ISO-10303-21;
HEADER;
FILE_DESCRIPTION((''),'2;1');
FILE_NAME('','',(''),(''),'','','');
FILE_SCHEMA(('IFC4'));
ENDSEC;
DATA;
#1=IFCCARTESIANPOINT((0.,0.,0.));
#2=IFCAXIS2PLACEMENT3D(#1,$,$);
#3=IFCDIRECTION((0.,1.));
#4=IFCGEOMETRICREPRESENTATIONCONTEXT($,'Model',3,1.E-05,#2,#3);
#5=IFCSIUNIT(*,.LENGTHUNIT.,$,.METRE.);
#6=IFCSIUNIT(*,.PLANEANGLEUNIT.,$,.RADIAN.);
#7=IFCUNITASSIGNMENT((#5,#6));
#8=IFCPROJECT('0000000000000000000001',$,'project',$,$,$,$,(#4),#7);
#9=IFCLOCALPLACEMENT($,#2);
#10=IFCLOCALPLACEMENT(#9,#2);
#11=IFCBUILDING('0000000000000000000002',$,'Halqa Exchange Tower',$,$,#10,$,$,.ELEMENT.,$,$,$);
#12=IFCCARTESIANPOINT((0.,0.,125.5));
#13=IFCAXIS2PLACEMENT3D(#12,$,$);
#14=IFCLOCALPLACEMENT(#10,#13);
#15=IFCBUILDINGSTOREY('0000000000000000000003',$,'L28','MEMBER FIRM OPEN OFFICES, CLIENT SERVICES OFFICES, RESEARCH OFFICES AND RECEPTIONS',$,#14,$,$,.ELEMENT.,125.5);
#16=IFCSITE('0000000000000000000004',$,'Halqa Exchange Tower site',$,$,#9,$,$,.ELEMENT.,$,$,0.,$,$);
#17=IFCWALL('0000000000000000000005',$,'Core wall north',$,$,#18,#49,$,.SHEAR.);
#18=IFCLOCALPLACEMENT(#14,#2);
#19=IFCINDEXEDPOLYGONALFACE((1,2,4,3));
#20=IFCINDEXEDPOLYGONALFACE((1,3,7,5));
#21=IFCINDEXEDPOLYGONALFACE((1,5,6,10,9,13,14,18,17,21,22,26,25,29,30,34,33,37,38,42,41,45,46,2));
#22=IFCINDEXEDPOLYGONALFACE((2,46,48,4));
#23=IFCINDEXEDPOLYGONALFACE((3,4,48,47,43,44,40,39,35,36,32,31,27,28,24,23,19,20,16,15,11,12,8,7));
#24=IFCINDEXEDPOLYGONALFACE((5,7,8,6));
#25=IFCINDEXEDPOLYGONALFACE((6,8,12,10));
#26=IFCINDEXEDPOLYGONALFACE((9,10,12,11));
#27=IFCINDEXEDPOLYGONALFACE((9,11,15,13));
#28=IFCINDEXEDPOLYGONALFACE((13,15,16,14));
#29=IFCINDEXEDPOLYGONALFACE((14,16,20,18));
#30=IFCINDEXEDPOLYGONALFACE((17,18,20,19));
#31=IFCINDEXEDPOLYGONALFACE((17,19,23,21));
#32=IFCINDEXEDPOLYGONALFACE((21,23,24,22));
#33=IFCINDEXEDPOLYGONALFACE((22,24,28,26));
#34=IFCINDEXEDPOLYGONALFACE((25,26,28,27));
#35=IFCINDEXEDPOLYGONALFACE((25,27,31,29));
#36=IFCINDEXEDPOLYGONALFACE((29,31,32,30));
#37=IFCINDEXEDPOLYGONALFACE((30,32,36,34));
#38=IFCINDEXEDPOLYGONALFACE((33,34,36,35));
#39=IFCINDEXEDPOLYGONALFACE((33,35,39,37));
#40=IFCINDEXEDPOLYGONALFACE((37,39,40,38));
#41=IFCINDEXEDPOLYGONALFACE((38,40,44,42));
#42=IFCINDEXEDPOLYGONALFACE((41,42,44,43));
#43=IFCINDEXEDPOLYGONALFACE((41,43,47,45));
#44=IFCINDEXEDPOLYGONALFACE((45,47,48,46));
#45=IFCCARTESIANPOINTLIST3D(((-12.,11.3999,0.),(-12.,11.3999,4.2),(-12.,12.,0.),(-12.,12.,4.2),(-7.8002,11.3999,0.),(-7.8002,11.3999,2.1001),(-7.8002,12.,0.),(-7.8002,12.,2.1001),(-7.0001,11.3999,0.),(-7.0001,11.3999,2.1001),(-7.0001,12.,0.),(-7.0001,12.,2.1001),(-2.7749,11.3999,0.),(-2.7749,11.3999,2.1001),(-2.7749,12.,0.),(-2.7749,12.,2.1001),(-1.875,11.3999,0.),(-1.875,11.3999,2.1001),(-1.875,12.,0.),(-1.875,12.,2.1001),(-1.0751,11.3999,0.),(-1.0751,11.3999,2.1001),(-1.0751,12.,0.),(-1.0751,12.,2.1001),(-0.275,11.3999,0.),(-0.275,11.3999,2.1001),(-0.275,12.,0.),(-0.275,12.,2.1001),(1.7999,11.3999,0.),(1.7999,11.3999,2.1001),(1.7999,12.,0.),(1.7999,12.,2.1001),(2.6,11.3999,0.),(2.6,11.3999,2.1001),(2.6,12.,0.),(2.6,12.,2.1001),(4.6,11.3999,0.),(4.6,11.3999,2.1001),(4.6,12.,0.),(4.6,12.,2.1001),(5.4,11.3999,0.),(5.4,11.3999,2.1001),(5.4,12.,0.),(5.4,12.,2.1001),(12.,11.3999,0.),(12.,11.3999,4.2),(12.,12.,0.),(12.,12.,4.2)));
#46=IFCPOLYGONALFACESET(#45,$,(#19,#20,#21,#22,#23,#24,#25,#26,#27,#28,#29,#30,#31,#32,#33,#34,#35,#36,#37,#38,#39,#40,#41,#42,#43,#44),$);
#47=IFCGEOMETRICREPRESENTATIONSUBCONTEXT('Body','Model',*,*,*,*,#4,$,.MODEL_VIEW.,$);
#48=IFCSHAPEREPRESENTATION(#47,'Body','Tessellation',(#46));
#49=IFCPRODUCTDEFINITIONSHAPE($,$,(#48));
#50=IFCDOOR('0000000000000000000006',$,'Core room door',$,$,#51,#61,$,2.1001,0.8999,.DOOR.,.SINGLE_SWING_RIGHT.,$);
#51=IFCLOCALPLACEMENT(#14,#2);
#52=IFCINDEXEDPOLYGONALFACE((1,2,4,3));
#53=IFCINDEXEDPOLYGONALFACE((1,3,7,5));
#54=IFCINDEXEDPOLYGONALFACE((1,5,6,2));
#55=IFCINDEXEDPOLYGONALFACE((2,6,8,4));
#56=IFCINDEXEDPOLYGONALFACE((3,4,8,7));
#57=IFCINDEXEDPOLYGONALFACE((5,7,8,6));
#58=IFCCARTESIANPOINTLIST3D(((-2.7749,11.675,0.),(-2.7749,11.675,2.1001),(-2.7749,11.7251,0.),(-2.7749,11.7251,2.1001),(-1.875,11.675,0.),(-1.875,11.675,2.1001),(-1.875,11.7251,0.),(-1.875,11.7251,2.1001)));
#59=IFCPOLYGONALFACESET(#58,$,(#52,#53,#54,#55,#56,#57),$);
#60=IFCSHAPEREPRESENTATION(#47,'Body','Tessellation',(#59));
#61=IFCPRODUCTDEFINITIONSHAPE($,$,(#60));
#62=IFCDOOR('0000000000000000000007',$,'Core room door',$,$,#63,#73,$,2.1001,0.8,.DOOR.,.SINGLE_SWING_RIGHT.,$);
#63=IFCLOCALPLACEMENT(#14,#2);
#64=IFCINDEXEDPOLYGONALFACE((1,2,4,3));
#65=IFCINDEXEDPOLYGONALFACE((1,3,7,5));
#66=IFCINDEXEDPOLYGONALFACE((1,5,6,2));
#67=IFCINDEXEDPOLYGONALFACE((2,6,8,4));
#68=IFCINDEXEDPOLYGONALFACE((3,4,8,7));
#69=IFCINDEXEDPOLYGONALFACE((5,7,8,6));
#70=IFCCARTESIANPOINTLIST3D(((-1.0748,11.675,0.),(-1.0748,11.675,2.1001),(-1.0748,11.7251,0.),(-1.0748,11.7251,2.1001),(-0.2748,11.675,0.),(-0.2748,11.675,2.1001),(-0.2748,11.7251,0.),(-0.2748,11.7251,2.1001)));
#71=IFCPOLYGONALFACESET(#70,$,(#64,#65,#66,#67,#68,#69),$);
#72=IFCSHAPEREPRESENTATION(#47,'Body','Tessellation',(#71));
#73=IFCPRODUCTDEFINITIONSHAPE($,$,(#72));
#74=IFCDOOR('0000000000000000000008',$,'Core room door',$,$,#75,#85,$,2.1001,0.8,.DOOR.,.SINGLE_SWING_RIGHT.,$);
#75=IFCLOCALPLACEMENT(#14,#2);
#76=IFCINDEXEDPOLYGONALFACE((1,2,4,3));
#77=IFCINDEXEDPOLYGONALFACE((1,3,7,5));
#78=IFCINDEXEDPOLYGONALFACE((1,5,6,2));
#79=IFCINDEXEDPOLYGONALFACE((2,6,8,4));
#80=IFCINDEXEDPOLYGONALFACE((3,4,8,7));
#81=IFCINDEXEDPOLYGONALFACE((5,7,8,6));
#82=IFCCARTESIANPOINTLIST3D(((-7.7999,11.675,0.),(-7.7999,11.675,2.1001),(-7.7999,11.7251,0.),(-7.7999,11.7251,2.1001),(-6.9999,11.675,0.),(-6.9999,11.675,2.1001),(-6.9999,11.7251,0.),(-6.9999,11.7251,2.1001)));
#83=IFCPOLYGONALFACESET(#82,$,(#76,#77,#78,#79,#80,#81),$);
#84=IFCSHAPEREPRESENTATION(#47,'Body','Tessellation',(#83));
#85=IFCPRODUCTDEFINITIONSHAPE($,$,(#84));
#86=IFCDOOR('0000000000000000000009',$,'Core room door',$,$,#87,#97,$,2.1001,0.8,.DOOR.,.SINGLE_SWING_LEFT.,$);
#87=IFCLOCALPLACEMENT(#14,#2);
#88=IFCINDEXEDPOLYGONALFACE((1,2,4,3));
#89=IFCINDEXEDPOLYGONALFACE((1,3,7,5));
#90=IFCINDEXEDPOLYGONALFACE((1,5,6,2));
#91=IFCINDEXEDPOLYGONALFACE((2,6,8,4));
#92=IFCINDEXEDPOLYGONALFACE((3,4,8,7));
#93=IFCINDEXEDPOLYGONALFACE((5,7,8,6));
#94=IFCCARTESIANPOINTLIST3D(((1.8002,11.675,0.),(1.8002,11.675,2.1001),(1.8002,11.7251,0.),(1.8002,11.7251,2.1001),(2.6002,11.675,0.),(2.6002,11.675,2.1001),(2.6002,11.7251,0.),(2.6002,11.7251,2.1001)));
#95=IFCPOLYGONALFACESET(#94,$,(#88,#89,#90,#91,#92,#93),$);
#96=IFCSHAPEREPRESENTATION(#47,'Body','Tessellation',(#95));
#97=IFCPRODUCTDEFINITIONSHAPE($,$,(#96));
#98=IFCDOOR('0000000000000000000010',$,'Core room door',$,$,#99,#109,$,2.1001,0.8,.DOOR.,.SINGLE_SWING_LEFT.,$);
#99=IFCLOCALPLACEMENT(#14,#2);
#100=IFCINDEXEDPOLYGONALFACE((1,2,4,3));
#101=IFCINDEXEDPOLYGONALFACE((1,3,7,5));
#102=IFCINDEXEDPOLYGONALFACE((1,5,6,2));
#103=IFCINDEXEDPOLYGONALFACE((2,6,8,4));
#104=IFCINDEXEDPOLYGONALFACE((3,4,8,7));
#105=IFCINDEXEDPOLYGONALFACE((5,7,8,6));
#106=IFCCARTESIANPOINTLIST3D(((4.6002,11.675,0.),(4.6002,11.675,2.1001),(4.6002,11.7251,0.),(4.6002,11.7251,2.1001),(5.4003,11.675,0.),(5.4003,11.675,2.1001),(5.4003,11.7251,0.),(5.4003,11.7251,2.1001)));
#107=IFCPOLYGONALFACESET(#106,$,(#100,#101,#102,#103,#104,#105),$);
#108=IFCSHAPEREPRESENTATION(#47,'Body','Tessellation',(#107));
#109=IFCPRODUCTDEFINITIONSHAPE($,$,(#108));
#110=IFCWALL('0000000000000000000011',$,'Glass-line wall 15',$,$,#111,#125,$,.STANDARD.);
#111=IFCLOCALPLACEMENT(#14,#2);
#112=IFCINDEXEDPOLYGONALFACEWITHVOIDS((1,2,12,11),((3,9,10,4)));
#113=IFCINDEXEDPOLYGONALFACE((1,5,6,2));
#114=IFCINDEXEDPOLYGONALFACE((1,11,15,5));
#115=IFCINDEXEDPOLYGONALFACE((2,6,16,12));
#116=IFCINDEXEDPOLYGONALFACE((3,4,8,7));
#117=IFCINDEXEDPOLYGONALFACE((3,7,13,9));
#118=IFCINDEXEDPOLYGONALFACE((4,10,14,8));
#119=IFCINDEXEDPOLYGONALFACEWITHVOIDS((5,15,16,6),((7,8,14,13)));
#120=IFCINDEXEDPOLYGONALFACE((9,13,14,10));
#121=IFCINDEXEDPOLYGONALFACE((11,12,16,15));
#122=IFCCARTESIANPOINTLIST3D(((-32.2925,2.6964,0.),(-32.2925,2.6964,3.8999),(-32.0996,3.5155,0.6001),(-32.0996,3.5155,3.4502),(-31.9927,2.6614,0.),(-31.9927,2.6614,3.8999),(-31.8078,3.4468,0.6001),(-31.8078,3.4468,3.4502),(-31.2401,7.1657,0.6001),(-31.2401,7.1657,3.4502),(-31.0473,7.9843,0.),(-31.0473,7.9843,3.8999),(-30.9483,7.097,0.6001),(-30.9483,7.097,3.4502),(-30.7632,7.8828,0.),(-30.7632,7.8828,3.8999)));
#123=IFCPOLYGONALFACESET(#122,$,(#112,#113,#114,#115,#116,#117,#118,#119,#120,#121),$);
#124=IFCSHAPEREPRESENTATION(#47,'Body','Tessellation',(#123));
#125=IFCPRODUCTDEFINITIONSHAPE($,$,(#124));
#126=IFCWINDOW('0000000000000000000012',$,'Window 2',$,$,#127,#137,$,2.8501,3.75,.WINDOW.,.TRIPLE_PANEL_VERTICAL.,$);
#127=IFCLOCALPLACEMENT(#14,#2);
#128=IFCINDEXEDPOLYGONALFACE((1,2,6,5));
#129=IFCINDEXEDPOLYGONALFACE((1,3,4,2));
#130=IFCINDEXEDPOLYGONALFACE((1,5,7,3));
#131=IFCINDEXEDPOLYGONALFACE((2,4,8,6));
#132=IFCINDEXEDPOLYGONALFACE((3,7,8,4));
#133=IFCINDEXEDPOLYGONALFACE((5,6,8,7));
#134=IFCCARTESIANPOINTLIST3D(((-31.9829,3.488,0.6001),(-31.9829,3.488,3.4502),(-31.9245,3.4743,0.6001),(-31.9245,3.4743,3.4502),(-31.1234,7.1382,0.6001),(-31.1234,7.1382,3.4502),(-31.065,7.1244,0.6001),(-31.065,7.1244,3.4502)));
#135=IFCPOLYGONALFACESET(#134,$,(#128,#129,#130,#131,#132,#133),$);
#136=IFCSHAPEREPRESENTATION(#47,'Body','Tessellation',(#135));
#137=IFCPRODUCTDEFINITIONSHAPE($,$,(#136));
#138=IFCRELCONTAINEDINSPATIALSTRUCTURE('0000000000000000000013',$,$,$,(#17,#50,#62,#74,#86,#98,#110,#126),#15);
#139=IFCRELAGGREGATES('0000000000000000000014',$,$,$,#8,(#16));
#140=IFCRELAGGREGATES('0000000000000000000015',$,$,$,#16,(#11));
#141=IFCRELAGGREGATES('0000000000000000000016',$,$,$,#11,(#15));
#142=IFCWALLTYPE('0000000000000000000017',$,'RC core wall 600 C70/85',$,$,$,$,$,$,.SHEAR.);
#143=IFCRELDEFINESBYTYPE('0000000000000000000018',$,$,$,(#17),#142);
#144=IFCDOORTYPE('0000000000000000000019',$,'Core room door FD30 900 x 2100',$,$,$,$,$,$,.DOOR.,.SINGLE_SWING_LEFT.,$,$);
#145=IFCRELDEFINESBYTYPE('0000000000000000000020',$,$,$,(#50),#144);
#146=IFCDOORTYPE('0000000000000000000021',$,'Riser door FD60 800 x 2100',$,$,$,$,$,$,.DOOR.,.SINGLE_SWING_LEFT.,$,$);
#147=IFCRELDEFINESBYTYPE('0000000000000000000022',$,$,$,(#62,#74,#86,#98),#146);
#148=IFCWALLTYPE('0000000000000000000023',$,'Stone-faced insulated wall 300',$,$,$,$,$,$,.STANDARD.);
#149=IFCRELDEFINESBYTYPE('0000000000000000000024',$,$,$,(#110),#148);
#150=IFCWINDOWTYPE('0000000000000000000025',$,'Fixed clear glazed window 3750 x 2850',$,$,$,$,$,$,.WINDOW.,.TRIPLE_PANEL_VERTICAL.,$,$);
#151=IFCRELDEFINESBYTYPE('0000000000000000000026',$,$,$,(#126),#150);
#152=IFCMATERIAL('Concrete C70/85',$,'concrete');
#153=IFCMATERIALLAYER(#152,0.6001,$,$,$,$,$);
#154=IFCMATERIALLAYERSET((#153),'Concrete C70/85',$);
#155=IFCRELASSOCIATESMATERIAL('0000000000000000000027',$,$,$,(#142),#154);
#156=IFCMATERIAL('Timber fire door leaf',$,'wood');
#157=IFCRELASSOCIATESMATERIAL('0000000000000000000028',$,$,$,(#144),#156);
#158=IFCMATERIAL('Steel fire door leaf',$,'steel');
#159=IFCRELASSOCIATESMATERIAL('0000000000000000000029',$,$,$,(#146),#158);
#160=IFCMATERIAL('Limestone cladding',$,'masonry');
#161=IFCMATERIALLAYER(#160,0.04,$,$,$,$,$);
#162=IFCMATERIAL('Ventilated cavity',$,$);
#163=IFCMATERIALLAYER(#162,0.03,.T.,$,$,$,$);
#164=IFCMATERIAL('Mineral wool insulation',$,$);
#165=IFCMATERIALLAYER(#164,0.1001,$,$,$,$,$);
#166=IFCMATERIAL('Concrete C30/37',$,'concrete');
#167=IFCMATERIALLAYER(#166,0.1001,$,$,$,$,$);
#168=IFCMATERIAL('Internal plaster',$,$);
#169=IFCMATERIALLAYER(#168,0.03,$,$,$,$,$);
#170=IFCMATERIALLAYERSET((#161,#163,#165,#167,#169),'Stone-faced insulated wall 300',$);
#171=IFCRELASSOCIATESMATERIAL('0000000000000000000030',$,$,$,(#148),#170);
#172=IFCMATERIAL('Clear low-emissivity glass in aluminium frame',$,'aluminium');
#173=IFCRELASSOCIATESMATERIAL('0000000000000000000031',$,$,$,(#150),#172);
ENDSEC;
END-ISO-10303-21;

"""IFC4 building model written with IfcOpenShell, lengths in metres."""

from ifc_helpers import new_model, si_unit, direction, frame, frame_2d, origin, place, context, subcontext, project, spatial, polyline, rectangle, outline, extrude, material, layer, layer_set, type_object, element, fill, save


model = new_model("IFC4")

# Units and contexts
model_context = context("Model", 3, precision=1e-05, world=origin(), true_north=direction((0.0, 1.0)))
body_context = subcontext(model_context, "Body", "Model", "MODEL_VIEW")
ifc_project = project(units=[si_unit("LENGTHUNIT", "METRE"), si_unit("PLANEANGLEUNIT", "RADIAN")], contexts=[model_context])

# Site, building, storey
site_placement = place(None, origin())
site = spatial("IfcSite", under=ifc_project, at=site_placement, Name="Halqa Exchange Tower site", CompositionType="ELEMENT", RefElevation=0.0)
building_placement = place(site_placement, origin())
building = spatial("IfcBuilding", under=site, at=building_placement, Name="Halqa Exchange Tower", CompositionType="ELEMENT")
storey_placement = place(building_placement, frame((0.0, 0.0, 125.5)))
storey = spatial("IfcBuildingStorey", under=building, at=storey_placement, Name="L28", Description="MEMBER FIRM OPEN OFFICES, CLIENT SERVICES OFFICES, RESEARCH OFFICES AND RECEPTIONS", CompositionType="ELEMENT", Elevation=125.5)

# Shared definitions
ifc_material_1 = material(Name="Concrete C70/85", Category="concrete")

# Wall, openings, doors
ifc_layer_1 = layer(ifc_material_1, 0.6001)
ifc_layer_set_1 = layer_set([ifc_layer_1], Name="Concrete C70/85")
wall_type_1 = type_object("IfcWallType", Name="RC core wall 600 C70/85", PredefinedType="SHEAR", material=ifc_layer_set_1)
wall_1_placement = place(storey_placement, frame((-12.0, 11.7, 0.0), z_axis=(0.0, 0.0, 1.0), x_axis=(1.0, 0.0, 0.0)))
wall_1 = element("IfcWall", 1, at=wall_1_placement, inside=storey, type_object=wall_type_1, Name="Core wall north", PredefinedType="SHEAR", context=body_context, shape_type="SweptSolid", body=[
    extrude(rectangle(XDim=24.0, YDim=0.6001, at=frame_2d((12.0, 0.0))), origin(), (0.0, 0.0, 1.0), 4.2),
])
opening_1_placement = place(wall_1_placement, frame((9.2251, 0.0, 0.0)))
opening_1 = element("IfcOpeningElement", 2, at=opening_1_placement, cuts=wall_1, PredefinedType="OPENING", context=body_context, shape_type="SweptSolid", body=[
    extrude(rectangle(XDim=0.8999, YDim=2.1001, at=frame_2d((0.45, 1.05))), frame((0.0, 0.312, 0.0), z_axis=(0.0, -1.0, 0.0), x_axis=(1.0, 0.0, 0.0)), (0.0, 0.0, 1.0), 0.624),
])
opening_2_placement = place(wall_1_placement, frame((10.925, 0.0, 0.0)))
opening_2 = element("IfcOpeningElement", 3, at=opening_2_placement, cuts=wall_1, PredefinedType="OPENING", context=body_context, shape_type="SweptSolid", body=[
    extrude(rectangle(XDim=0.8, YDim=2.1001, at=frame_2d((0.3999, 1.05))), frame((0.0, 0.312, 0.0), z_axis=(0.0, -1.0, 0.0), x_axis=(1.0, 0.0, 0.0)), (0.0, 0.0, 1.0), 0.624),
])
opening_3_placement = place(wall_1_placement, frame((4.2, 0.0, 0.0)))
opening_3 = element("IfcOpeningElement", 4, at=opening_3_placement, cuts=wall_1, PredefinedType="OPENING", context=body_context, shape_type="SweptSolid", body=[
    extrude(rectangle(XDim=0.8, YDim=2.1001, at=frame_2d((0.3999, 1.05))), frame((0.0, 0.312, 0.0), z_axis=(0.0, -1.0, 0.0), x_axis=(1.0, 0.0, 0.0)), (0.0, 0.0, 1.0), 0.624),
])
opening_4_placement = place(wall_1_placement, frame((13.8, 0.0, 0.0)))
opening_4 = element("IfcOpeningElement", 5, at=opening_4_placement, cuts=wall_1, PredefinedType="OPENING", context=body_context, shape_type="SweptSolid", body=[
    extrude(rectangle(XDim=0.8, YDim=2.1001, at=frame_2d((0.3999, 1.05))), frame((0.0, 0.312, 0.0), z_axis=(0.0, -1.0, 0.0), x_axis=(1.0, 0.0, 0.0)), (0.0, 0.0, 1.0), 0.624),
])
opening_5_placement = place(wall_1_placement, frame((16.6001, 0.0, 0.0)))
opening_5 = element("IfcOpeningElement", 6, at=opening_5_placement, cuts=wall_1, PredefinedType="OPENING", context=body_context, shape_type="SweptSolid", body=[
    extrude(rectangle(XDim=0.8, YDim=2.1001, at=frame_2d((0.3999, 1.05))), frame((0.0, 0.312, 0.0), z_axis=(0.0, -1.0, 0.0), x_axis=(1.0, 0.0, 0.0)), (0.0, 0.0, 1.0), 0.624),
])
ifc_material_2 = material(Name="Timber fire door leaf", Category="wood")
door_type_1 = type_object("IfcDoorType", Name="Core room door FD30 900 x 2100", OperationType="SINGLE_SWING_LEFT", PredefinedType="DOOR", material=ifc_material_2)
door_1_placement = place(opening_1_placement, frame((0.8999, 0.0, 0.0), z_axis=(0.0, 0.0, 1.0), x_axis=(-1.0, 0.0, 0.0)))
door_1 = element("IfcDoor", 7, at=door_1_placement, inside=storey, type_object=door_type_1, Name="Core room door", OperationType="SINGLE_SWING_RIGHT", OverallHeight=2.1001, OverallWidth=0.8999, PredefinedType="DOOR", context=body_context, shape_type="SweptSolid", body=[
    extrude(rectangle(XDim=0.8999, YDim=2.1001, at=frame_2d((0.45, 1.05))), frame((0.0, 0.0249, 0.0), z_axis=(0.0, -1.0, 0.0), x_axis=(1.0, 0.0, 0.0)), (0.0, 0.0, 1.0), 0.05),
])
fill(opening_1, door_1)
ifc_material_3 = material(Name="Steel fire door leaf", Category="steel")
door_type_2 = type_object("IfcDoorType", Name="Riser door FD60 800 x 2100", OperationType="SINGLE_SWING_LEFT", PredefinedType="DOOR", material=ifc_material_3)
door_2_placement = place(opening_2_placement, frame((0.8, 0.0, 0.0), z_axis=(0.0, 0.0, 1.0), x_axis=(-1.0, 0.0, 0.0)))
door_2 = element("IfcDoor", 8, at=door_2_placement, inside=storey, type_object=door_type_2, Name="Core room door", OperationType="SINGLE_SWING_RIGHT", OverallHeight=2.1001, OverallWidth=0.8, PredefinedType="DOOR", context=body_context, shape_type="SweptSolid", body=[
    extrude(rectangle(XDim=0.8, YDim=2.1001, at=frame_2d((0.3999, 1.05))), frame((0.0, 0.0249, 0.0), z_axis=(0.0, -1.0, 0.0), x_axis=(1.0, 0.0, 0.0)), (0.0, 0.0, 1.0), 0.05),
])
fill(opening_2, door_2)
door_3_placement = place(opening_3_placement, frame((0.8, 0.0, 0.0), z_axis=(0.0, 0.0, 1.0), x_axis=(-1.0, 0.0, 0.0)))
door_3 = element("IfcDoor", 9, at=door_3_placement, inside=storey, type_object=door_type_2, Name="Core room door", OperationType="SINGLE_SWING_RIGHT", OverallHeight=2.1001, OverallWidth=0.8, PredefinedType="DOOR", context=body_context, shape_type="SweptSolid", body=[
    extrude(rectangle(XDim=0.8, YDim=2.1001, at=frame_2d((0.3999, 1.05))), frame((0.0, 0.0249, 0.0), z_axis=(0.0, -1.0, 0.0), x_axis=(1.0, 0.0, 0.0)), (0.0, 0.0, 1.0), 0.05),
])
fill(opening_3, door_3)
door_4_placement = place(opening_4_placement, frame((0.8, 0.0, 0.0), z_axis=(0.0, 0.0, 1.0), x_axis=(-1.0, 0.0, 0.0)))
door_4 = element("IfcDoor", 10, at=door_4_placement, inside=storey, type_object=door_type_2, Name="Core room door", OperationType="SINGLE_SWING_LEFT", OverallHeight=2.1001, OverallWidth=0.8, PredefinedType="DOOR", context=body_context, shape_type="SweptSolid", body=[
    extrude(rectangle(XDim=0.8, YDim=2.1001, at=frame_2d((0.3999, 1.05))), frame((0.0, 0.0249, 0.0), z_axis=(0.0, -1.0, 0.0), x_axis=(1.0, 0.0, 0.0)), (0.0, 0.0, 1.0), 0.05),
])
fill(opening_4, door_4)
door_5_placement = place(opening_5_placement, frame((0.8, 0.0, 0.0), z_axis=(0.0, 0.0, 1.0), x_axis=(-1.0, 0.0, 0.0)))
door_5 = element("IfcDoor", 11, at=door_5_placement, inside=storey, type_object=door_type_2, Name="Core room door", OperationType="SINGLE_SWING_LEFT", OverallHeight=2.1001, OverallWidth=0.8, PredefinedType="DOOR", context=body_context, shape_type="SweptSolid", body=[
    extrude(rectangle(XDim=0.8, YDim=2.1001, at=frame_2d((0.3999, 1.05))), frame((0.0, 0.0249, 0.0), z_axis=(0.0, -1.0, 0.0), x_axis=(1.0, 0.0, 0.0)), (0.0, 0.0, 1.0), 0.05),
])
fill(opening_5, door_5)

# Wall, opening, window
ifc_material_4 = material(Name="Limestone cladding", Category="masonry")
ifc_layer_2 = layer(ifc_material_4, 0.04)
ifc_material_5 = material(Name="Ventilated cavity")
ifc_layer_3 = layer(ifc_material_5, 0.03, ventilated=True)
ifc_material_6 = material(Name="Mineral wool insulation")
ifc_layer_4 = layer(ifc_material_6, 0.1001)
ifc_material_7 = material(Name="Concrete C30/37", Category="concrete")
ifc_layer_5 = layer(ifc_material_7, 0.1001)
ifc_material_8 = material(Name="Internal plaster")
ifc_layer_6 = layer(ifc_material_8, 0.03)
ifc_layer_set_2 = layer_set([ifc_layer_2, ifc_layer_3, ifc_layer_4, ifc_layer_5, ifc_layer_6], Name="Stone-faced insulated wall 300")
wall_type_2 = type_object("IfcWallType", Name="Stone-faced insulated wall 300", PredefinedType="STANDARD", material=ifc_layer_set_2)
wall_2_placement = place(storey_placement, frame((-30.9053, 7.9336, 0.0), z_axis=(0.0, 0.0, 1.0), x_axis=(-0.229201, -0.973379, 0.0)))
wall_2 = element("IfcWall", 12, at=wall_2_placement, inside=storey, type_object=wall_type_2, Name="Glass-line wall 15", PredefinedType="STANDARD", context=body_context, shape_type="SweptSolid", body=[
    extrude(outline(polyline([(-0.0168, -0.1499), (5.4158, -0.1499), (5.3811, 0.1499), (0.0168, 0.1499), (-0.0168, -0.1499)])), origin(), (0.0, 0.0, 1.0), 3.8999),
])
opening_6_placement = place(wall_2_placement, frame((0.8242, 0.0, 0.6001)))
opening_6 = element("IfcOpeningElement", 13, at=opening_6_placement, cuts=wall_2, PredefinedType="OPENING", context=body_context, shape_type="SweptSolid", body=[
    extrude(rectangle(XDim=3.75, YDim=2.8501, at=frame_2d((1.875, 1.425))), frame((0.0, 0.1621, 0.0), z_axis=(0.0, -1.0, 0.0), x_axis=(1.0, 0.0, 0.0)), (0.0, 0.0, 1.0), 0.324),
])
ifc_material_9 = material(Name="Clear low-emissivity glass in aluminium frame", Category="aluminium")
window_type = type_object("IfcWindowType", Name="Fixed clear glazed window 3750 x 2850", PartitioningType="TRIPLE_PANEL_VERTICAL", PredefinedType="WINDOW", material=ifc_material_9)
window_placement = place(opening_6_placement, origin())
window = element("IfcWindow", 14, at=window_placement, inside=storey, type_object=window_type, Name="Window 2", OverallHeight=2.8501, OverallWidth=3.75, PartitioningType="TRIPLE_PANEL_VERTICAL", PredefinedType="WINDOW", context=body_context, shape_type="SweptSolid", body=[
    extrude(rectangle(XDim=3.75, YDim=2.8501, at=frame_2d((1.875, 1.425))), frame((0.0, 0.03, 0.0), z_axis=(0.0, -1.0, 0.0), x_axis=(1.0, 0.0, 0.0)), (0.0, 0.0, 1.0), 0.0601),
])
fill(opening_6, window)

save(model, "model.ifc")
